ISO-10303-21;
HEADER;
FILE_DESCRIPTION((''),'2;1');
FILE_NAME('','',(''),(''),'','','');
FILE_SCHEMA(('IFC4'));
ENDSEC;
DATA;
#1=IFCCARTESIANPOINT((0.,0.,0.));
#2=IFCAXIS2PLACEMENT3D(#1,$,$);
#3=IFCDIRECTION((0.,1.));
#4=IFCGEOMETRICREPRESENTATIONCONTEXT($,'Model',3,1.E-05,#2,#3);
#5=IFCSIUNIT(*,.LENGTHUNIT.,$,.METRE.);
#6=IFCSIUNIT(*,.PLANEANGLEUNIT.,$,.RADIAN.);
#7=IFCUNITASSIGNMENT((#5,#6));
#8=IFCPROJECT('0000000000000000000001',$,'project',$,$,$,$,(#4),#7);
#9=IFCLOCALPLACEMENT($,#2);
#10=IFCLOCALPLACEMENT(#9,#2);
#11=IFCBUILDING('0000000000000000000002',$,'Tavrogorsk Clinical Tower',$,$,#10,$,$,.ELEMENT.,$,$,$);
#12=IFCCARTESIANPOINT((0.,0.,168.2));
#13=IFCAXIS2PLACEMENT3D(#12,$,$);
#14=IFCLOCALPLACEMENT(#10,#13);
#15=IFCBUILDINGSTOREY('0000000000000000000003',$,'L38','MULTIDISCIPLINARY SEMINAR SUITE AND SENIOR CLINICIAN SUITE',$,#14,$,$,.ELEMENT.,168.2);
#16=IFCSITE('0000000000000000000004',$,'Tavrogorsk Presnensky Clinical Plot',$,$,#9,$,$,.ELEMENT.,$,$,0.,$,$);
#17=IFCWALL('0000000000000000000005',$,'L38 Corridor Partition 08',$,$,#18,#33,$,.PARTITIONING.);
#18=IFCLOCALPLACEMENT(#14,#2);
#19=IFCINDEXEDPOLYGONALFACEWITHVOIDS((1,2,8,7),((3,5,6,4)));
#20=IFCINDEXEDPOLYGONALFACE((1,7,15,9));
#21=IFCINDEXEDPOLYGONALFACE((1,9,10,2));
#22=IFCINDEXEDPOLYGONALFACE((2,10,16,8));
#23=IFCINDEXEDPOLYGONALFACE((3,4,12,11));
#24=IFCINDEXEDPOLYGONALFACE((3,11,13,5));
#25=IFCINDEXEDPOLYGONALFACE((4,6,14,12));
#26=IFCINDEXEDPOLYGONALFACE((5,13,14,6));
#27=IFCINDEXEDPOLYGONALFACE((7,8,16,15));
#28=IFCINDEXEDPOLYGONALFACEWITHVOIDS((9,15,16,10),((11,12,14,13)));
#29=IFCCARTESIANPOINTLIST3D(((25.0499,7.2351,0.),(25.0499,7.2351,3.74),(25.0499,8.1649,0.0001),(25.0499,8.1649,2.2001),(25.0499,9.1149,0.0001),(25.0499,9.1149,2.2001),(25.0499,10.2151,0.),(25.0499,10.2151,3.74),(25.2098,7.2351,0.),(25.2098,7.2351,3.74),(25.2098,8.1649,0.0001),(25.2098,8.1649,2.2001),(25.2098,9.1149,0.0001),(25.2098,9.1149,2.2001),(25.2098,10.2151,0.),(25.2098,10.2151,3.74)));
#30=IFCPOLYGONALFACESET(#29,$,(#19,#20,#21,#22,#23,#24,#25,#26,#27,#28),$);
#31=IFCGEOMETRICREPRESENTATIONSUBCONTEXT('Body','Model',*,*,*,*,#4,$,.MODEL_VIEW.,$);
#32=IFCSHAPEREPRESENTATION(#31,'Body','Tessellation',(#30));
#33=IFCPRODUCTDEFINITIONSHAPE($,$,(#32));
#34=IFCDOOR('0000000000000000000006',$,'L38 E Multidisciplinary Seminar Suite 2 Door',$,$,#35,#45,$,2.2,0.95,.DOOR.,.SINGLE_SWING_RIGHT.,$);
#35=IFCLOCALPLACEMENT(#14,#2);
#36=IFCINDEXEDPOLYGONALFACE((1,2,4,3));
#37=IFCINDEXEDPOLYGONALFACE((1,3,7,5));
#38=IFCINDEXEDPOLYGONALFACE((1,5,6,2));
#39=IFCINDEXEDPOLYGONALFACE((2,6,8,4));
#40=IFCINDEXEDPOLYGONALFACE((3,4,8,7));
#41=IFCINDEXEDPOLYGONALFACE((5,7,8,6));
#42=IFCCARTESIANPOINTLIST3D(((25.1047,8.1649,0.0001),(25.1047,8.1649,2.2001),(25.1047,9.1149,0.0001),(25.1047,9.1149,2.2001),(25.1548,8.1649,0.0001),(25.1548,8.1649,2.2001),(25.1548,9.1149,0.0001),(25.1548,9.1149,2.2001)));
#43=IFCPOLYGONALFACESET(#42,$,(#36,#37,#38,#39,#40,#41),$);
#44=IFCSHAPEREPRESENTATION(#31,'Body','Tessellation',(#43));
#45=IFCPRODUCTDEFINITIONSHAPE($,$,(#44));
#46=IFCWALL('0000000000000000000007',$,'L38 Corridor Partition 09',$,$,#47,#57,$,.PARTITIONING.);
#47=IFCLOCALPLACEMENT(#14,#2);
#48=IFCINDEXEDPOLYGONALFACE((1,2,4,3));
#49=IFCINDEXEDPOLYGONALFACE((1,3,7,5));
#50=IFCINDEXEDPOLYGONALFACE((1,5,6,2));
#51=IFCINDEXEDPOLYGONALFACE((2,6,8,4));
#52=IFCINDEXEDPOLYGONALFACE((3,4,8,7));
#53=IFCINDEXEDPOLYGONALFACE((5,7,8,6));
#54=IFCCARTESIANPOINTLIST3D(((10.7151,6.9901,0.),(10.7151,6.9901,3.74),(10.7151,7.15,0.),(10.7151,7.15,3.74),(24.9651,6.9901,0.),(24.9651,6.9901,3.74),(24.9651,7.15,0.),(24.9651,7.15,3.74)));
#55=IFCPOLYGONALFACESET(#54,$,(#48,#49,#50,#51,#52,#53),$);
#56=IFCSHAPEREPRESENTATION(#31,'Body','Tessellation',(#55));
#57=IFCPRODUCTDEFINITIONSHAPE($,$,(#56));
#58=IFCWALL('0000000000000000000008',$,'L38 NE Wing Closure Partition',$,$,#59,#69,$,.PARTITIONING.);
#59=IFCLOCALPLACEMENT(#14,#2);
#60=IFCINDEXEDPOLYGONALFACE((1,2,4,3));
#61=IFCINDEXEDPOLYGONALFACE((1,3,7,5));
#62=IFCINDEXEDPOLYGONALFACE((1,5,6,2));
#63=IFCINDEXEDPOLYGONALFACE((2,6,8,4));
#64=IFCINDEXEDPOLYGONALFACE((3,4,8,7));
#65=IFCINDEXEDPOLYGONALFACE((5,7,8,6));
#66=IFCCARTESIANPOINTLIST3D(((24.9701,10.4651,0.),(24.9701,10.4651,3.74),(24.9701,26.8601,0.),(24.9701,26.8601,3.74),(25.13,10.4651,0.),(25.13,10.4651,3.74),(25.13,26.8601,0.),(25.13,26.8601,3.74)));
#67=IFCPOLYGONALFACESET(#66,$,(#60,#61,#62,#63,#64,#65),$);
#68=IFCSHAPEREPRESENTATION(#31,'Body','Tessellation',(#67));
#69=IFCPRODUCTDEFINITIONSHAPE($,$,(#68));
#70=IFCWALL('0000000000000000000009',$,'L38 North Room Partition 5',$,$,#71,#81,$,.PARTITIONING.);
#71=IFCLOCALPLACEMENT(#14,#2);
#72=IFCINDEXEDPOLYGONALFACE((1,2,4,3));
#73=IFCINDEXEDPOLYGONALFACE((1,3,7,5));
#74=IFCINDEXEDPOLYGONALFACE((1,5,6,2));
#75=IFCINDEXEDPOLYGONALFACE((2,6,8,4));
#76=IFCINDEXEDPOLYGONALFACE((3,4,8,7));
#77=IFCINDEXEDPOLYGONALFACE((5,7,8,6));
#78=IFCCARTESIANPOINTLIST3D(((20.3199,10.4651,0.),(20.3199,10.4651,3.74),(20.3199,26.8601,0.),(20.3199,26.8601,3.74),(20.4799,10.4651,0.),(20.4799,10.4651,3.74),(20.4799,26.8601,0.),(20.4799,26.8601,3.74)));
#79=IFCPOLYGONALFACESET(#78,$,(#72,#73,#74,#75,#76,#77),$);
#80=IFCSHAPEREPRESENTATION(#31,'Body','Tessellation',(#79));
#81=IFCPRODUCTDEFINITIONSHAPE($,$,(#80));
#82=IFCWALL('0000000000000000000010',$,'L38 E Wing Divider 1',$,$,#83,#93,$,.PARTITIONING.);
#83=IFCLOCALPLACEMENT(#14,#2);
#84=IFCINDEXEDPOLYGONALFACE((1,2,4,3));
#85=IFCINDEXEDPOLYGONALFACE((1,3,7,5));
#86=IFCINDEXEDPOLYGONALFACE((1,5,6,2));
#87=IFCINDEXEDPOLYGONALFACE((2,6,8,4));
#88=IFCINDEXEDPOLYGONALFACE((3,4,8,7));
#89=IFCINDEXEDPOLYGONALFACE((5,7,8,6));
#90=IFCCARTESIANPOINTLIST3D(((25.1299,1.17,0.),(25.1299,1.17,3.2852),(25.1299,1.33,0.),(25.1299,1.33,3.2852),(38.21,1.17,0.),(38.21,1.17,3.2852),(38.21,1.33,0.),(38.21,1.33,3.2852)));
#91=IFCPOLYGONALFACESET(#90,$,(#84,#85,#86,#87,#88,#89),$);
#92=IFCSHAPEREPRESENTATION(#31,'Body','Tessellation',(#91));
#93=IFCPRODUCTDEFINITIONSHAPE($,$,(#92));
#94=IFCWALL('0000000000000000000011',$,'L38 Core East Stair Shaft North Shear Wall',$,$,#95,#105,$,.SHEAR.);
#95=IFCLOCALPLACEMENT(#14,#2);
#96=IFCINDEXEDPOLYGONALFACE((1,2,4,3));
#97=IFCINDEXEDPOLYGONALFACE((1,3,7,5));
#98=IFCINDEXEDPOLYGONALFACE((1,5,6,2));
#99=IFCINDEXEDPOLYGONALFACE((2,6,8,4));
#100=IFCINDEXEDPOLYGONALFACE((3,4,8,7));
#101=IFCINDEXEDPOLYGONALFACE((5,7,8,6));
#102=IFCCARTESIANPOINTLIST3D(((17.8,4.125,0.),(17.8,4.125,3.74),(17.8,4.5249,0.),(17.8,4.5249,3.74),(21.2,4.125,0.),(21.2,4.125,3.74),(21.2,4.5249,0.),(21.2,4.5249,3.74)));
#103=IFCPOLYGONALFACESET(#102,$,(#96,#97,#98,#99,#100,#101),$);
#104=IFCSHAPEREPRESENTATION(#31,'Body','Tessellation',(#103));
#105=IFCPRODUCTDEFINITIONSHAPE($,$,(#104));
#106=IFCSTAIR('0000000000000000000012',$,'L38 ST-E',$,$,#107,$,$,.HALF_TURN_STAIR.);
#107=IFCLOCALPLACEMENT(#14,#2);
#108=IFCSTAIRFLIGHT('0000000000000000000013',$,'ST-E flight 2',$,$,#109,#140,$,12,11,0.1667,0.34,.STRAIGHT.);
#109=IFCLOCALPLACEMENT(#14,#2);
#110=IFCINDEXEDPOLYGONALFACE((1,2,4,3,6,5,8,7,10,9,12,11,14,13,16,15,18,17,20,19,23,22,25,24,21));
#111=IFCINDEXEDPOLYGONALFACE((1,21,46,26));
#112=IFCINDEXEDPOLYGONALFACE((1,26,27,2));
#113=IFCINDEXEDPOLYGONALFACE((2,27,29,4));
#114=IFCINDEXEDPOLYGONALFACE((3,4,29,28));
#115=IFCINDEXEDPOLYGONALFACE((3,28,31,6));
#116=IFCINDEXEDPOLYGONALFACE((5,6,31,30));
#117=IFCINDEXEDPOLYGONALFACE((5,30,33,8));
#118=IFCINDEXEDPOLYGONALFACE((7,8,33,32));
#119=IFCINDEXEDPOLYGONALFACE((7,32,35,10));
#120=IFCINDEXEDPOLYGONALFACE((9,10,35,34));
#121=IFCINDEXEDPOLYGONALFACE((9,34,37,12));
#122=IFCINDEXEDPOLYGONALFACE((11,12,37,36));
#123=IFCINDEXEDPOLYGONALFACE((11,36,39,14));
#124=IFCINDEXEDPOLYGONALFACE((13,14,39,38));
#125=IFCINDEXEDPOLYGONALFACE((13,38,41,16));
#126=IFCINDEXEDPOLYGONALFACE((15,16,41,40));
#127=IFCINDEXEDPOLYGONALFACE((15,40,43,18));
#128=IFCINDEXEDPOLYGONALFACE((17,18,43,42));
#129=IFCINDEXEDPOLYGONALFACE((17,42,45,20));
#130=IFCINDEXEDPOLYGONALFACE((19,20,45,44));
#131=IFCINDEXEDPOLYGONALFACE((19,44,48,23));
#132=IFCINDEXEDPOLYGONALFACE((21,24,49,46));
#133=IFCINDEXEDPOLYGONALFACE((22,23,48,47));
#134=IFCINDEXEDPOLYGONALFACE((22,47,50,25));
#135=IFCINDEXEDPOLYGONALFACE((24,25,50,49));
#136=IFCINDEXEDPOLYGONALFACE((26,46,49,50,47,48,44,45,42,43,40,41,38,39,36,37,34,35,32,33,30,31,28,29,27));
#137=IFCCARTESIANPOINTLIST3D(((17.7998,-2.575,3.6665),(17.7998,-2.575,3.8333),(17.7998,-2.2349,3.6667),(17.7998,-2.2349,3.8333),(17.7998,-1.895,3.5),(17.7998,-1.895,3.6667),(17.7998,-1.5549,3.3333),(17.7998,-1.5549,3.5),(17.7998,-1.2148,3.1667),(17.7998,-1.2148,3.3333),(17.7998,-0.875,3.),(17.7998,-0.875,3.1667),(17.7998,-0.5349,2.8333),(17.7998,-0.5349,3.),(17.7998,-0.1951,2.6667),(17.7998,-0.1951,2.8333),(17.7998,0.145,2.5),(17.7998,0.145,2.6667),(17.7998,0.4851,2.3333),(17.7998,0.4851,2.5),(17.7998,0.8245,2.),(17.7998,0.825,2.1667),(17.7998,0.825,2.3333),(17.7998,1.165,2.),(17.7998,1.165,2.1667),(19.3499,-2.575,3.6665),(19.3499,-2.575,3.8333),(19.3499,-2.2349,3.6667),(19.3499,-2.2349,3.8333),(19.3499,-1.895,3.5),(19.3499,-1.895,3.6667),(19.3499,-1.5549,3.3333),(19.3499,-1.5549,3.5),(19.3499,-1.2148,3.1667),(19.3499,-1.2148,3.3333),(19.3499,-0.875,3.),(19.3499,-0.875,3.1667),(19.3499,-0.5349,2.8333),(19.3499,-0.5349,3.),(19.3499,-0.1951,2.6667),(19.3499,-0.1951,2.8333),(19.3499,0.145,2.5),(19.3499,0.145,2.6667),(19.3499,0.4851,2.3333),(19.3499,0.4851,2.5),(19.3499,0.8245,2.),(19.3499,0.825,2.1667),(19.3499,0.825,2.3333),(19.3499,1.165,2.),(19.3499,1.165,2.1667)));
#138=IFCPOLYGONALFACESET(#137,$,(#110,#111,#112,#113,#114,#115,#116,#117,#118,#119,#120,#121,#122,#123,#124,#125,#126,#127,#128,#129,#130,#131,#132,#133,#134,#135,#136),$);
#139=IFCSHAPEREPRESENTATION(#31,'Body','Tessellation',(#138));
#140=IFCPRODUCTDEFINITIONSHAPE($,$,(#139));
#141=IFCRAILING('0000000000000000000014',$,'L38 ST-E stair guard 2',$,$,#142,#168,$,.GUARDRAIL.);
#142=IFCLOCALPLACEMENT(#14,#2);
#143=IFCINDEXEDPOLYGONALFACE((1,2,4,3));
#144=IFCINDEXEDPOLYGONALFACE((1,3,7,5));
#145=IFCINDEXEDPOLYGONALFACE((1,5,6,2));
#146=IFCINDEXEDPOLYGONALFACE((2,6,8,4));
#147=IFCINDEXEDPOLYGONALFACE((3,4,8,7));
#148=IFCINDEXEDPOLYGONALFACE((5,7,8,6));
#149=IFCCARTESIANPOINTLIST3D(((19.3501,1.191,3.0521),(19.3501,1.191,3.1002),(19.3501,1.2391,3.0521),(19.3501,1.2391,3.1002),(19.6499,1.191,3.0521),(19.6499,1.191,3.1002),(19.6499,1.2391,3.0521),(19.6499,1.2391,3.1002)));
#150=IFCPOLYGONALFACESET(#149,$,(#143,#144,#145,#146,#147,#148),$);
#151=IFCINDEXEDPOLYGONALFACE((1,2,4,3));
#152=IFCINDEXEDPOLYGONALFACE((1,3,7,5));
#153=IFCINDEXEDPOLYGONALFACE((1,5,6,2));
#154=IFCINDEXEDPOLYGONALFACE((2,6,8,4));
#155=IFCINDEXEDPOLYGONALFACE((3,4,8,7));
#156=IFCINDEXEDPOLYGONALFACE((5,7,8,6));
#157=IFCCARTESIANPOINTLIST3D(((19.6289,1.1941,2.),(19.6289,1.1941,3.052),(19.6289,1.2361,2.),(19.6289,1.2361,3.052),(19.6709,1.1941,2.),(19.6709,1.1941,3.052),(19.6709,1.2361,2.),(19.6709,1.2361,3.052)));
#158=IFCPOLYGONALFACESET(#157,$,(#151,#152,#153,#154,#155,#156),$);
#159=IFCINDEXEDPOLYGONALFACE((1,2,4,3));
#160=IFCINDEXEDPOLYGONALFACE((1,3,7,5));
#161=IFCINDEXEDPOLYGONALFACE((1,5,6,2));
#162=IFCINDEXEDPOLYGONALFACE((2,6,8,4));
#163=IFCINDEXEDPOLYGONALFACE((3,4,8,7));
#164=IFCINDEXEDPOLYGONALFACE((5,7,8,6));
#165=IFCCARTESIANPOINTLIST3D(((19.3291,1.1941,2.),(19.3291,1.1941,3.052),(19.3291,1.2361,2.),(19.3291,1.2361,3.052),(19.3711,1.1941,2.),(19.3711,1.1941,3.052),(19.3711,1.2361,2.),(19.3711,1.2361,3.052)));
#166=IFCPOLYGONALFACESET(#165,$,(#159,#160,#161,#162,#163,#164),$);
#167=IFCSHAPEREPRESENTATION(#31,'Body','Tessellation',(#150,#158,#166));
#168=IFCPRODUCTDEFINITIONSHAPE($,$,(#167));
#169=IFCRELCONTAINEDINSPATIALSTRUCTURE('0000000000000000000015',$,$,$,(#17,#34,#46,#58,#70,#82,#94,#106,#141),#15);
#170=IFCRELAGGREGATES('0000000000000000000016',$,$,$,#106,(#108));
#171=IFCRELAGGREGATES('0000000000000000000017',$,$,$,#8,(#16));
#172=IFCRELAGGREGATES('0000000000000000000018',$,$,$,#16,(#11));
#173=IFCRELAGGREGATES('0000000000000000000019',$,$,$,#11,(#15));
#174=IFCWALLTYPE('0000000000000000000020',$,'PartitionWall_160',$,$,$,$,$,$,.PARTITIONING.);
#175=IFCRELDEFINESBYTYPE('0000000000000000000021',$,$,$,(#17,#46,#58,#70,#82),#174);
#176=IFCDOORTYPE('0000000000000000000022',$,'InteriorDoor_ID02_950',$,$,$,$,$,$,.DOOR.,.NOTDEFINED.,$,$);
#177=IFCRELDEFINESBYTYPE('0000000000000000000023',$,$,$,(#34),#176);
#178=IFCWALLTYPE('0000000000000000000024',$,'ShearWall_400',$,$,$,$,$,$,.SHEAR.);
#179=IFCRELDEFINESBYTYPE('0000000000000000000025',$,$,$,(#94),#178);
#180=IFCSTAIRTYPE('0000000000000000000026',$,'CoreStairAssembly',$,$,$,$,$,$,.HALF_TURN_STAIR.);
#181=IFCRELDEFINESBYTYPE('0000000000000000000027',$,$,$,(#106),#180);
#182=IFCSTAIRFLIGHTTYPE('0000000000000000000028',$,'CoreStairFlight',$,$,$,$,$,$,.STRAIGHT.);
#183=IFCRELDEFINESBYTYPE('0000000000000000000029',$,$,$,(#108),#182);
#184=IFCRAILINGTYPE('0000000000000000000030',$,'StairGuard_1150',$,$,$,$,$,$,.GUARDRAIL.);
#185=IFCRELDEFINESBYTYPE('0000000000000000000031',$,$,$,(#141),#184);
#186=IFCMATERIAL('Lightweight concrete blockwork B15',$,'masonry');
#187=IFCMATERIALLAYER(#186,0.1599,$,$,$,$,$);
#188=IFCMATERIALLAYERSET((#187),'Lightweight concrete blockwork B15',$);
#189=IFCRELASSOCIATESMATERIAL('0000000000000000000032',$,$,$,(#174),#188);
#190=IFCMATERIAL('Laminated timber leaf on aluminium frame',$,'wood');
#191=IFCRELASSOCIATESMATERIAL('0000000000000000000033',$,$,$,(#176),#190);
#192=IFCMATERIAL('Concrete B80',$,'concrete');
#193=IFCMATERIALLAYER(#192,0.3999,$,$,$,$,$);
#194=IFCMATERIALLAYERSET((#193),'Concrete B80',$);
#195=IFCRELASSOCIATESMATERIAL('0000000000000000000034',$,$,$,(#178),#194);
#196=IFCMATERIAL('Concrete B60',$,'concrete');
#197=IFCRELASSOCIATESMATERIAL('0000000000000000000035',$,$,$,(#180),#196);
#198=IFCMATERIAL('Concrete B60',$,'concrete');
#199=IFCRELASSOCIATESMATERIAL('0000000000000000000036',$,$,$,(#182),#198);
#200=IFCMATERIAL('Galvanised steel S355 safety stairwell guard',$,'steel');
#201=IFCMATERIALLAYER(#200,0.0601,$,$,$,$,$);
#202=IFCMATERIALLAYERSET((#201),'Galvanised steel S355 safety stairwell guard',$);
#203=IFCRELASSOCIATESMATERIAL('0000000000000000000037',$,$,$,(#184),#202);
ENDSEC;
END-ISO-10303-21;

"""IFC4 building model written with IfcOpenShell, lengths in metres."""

from ifc_helpers import new_model, si_unit, direction, frame, frame_2d, origin, origin_2d, place, context, subcontext, project, spatial, polyline, rectangle, outline, extrude, material, layer, layer_set, type_object, element, fill, aggregate, save


model = new_model("IFC4")

# Units and contexts
model_context = context("Model", 3, precision=1e-05, world=origin(), true_north=direction((0.0, 1.0)))
body_context = subcontext(model_context, "Body", "Model", "MODEL_VIEW")
ifc_project = project(units=[si_unit("LENGTHUNIT", "METRE"), si_unit("PLANEANGLEUNIT", "RADIAN")], contexts=[model_context])

# Site, building, storey
site_placement = place(None, origin())
site = spatial("IfcSite", under=ifc_project, at=site_placement, Name="Tavrogorsk Presnensky Clinical Plot", CompositionType="ELEMENT", RefElevation=0.0)
building_placement = place(site_placement, origin())
building = spatial("IfcBuilding", under=site, at=building_placement, Name="Tavrogorsk Clinical Tower", CompositionType="ELEMENT")
storey_placement = place(building_placement, frame((0.0, 0.0, 168.2)))
storey = spatial("IfcBuildingStorey", under=building, at=storey_placement, Name="L38", Description="MULTIDISCIPLINARY SEMINAR SUITE AND SENIOR CLINICIAN SUITE", CompositionType="ELEMENT", Elevation=168.2)

# Wall, opening, door
ifc_material_1 = material(Name="Lightweight concrete blockwork B15", Category="masonry")
ifc_layer_1 = layer(ifc_material_1, 0.1599)
ifc_layer_set_1 = layer_set([ifc_layer_1], Name="Lightweight concrete blockwork B15")
wall_type_1 = type_object("IfcWallType", Name="PartitionWall_160", PredefinedType="PARTITIONING", material=ifc_layer_set_1)
wall_1_placement = place(storey_placement, frame((25.1299, 10.2151, 0.0), z_axis=(0.0, 0.0, 1.0), x_axis=(0.0, -1.0, 0.0)))
wall_1 = element("IfcWall", 1, at=wall_1_placement, inside=storey, type_object=wall_type_1, Name="L38 Corridor Partition 08", PredefinedType="PARTITIONING", context=body_context, shape_type="SweptSolid", body=[
    extrude(rectangle(XDim=2.98, YDim=0.1599, at=frame_2d((1.49, 0.0))), origin(), (0.0, 0.0, 1.0), 3.74),
])
opening_placement = place(wall_1_placement, frame((1.1001, 0.0, 0.0)))
opening = element("IfcOpeningElement", 2, at=opening_placement, cuts=wall_1, PredefinedType="OPENING", context=body_context, shape_type="SweptSolid", body=[
    extrude(rectangle(XDim=0.95, YDim=2.2, at=frame_2d((0.4751, 1.1001))), frame((0.0, 0.0898, 0.0), z_axis=(0.0, -1.0, 0.0), x_axis=(1.0, 0.0, 0.0)), (0.0, 0.0, 1.0), 0.1799),
])
ifc_material_2 = material(Name="Laminated timber leaf on aluminium frame", Category="wood")
door_type = type_object("IfcDoorType", Name="InteriorDoor_ID02_950", OperationType="NOTDEFINED", PredefinedType="DOOR", material=ifc_material_2)
door_placement = place(opening_placement, origin())
door = element("IfcDoor", 3, at=door_placement, inside=storey, type_object=door_type, Name="L38 E Multidisciplinary Seminar Suite 2 Door", OperationType="SINGLE_SWING_RIGHT", OverallHeight=2.2, OverallWidth=0.95, PredefinedType="DOOR", context=body_context, shape_type="SweptSolid", body=[
    extrude(rectangle(XDim=0.95, YDim=2.2, at=frame_2d((0.4751, 1.1001))), frame((0.0, 0.0249, 0.0), z_axis=(0.0, -1.0, 0.0), x_axis=(1.0, 0.0, 0.0)), (0.0, 0.0, 1.0), 0.05),
])
fill(opening, door)

# Walls
wall_2_placement = place(storey_placement, frame((24.9651, 7.0701, 0.0), z_axis=(0.0, 0.0, 1.0), x_axis=(-1.0, 0.0, 0.0)))
element("IfcWall", 4, at=wall_2_placement, inside=storey, type_object=wall_type_1, Name="L38 Corridor Partition 09", PredefinedType="PARTITIONING", context=body_context, shape_type="SweptSolid", body=[
    extrude(rectangle(XDim=14.25, YDim=0.1599, at=frame_2d((7.125, 0.0))), origin(), (0.0, 0.0, 1.0), 3.74),
])
for number, where, z_axis, x_axis, name in (
    (5, (25.05, 10.4651, 0.0), (0.0, 0.0, 1.0), (0.0, 1.0, 0.0), "L38 NE Wing Closure Partition"),
    (6, (20.3999, 10.4651, 0.0), (0.0, 0.0, 1.0), (0.0, 1.0, 0.0), "L38 North Room Partition 5"),
):
    element("IfcWall", number, at=place(storey_placement, frame(where, z_axis=z_axis, x_axis=x_axis)), inside=storey, type_object=wall_type_1, Name=name, PredefinedType="PARTITIONING", context=body_context, shape_type="SweptSolid", body=[
        extrude(rectangle(XDim=16.395, YDim=0.1599, at=frame_2d((8.1975, 0.0))), origin(), (0.0, 0.0, 1.0), 3.74),
    ])
wall_3_placement = place(storey_placement, frame((25.1299, 1.25, 0.0), z_axis=(0.0, 0.0, 1.0), x_axis=(1.0, 0.0, 0.0)))
element("IfcWall", 7, at=wall_3_placement, inside=storey, type_object=wall_type_1, Name="L38 E Wing Divider 1", PredefinedType="PARTITIONING", context=body_context, shape_type="SweptSolid", body=[
    extrude(rectangle(XDim=13.0801, YDim=0.1599, at=frame_2d((6.54, 0.0))), origin(), (0.0, 0.0, 1.0), 3.2852),
])
ifc_material_3 = material(Name="Concrete B80", Category="concrete")
ifc_layer_2 = layer(ifc_material_3, 0.3999)
ifc_layer_set_2 = layer_set([ifc_layer_2], Name="Concrete B80")
wall_type_2 = type_object("IfcWallType", Name="ShearWall_400", PredefinedType="SHEAR", material=ifc_layer_set_2)
wall_4_placement = place(storey_placement, frame((17.8, 4.325, 0.0), z_axis=(0.0, 0.0, 1.0), x_axis=(1.0, 0.0, 0.0)))
element("IfcWall", 8, at=wall_4_placement, inside=storey, type_object=wall_type_2, Name="L38 Core East Stair Shaft North Shear Wall", PredefinedType="SHEAR", context=body_context, shape_type="SweptSolid", body=[
    extrude(rectangle(XDim=3.3999, YDim=0.3999, at=frame_2d((1.7, 0.0))), origin(), (0.0, 0.0, 1.0), 3.74),
])

# Stair, stair flight
ifc_material_4 = material(Name="Concrete B60", Category="concrete")
stair_type = type_object("IfcStairType", Name="CoreStairAssembly", PredefinedType="HALF_TURN_STAIR", material=ifc_material_4)
stair_placement = place(storey_placement, origin())
stair = element("IfcStair", 9, at=stair_placement, inside=storey, type_object=stair_type, Name="L38 ST-E", PredefinedType="HALF_TURN_STAIR")
ifc_material_5 = material(Name="Concrete B60", Category="concrete")
stair_flight_type = type_object("IfcStairFlightType", Name="CoreStairFlight", PredefinedType="STRAIGHT", material=ifc_material_5)
stair_flight_placement = place(storey_placement, frame((18.575, 1.165, 2.0), z_axis=(0.0, 0.0, 1.0), x_axis=(0.0, -1.0, 0.0)))
stair_flight = element("IfcStairFlight", 10, at=stair_flight_placement, type_object=stair_flight_type, Name="ST-E flight 2", NumberOfRisers=12, NumberOfTreads=11, PredefinedType="STRAIGHT", RiserHeight=0.1667, TreadLength=0.34, context=body_context, shape_type="SweptSolid", body=[
    extrude(outline(polyline([(0.0, 0.0), (0.0, 0.1667), (0.3401, 0.1667), (0.3401, 0.3333), (0.6799, 0.3333), (0.6799, 0.5), (1.02, 0.5), (1.02, 0.6667), (1.3601, 0.6667), (1.3601, 0.8333), (1.7, 0.8333), (1.7, 1.0), (2.04, 1.0), (2.04, 1.1667), (2.3799, 1.1667), (2.3799, 1.3333), (2.72, 1.3333), (2.72, 1.5), (3.0601, 1.5), (3.0601, 1.6667), (3.3999, 1.6667), (3.3999, 1.8333), (3.74, 1.8333), (3.74, 2.0), (3.74, 1.6665), (0.3406, 0.0), (0.0, 0.0)])), frame((0.0, 0.7749, 0.0), z_axis=(0.0, -1.0, 0.0), x_axis=(1.0, 0.0, 0.0)), (0.0, 0.0, 1.0), 1.55),
])
aggregate(stair, [stair_flight])

# Railing
ifc_material_6 = material(Name="Galvanised steel S355 safety stairwell guard", Category="steel")
ifc_layer_3 = layer(ifc_material_6, 0.0601)
ifc_layer_set_3 = layer_set([ifc_layer_3], Name="Galvanised steel S355 safety stairwell guard")
railing_type_1 = type_object("IfcRailingType", Name="StairGuard_1150", PredefinedType="GUARDRAIL", material=ifc_layer_set_3)
railing_1_placement = place(storey_placement, frame((19.6499, 1.2151, 2.0)))
element("IfcRailing", 11, at=railing_1_placement, inside=storey, type_object=railing_type_1, Name="L38 ST-E stair guard 2", PredefinedType="GUARDRAIL", context=body_context, shape_type="SweptSolid", body=[
    extrude(rectangle(XDim=0.0481, YDim=0.0481, at=origin_2d()), frame((0.0, 0.0, 1.0762), z_axis=(-1.0, 0.0, 0.0), x_axis=(0.0, -1.0, 0.0)), (0.0, 0.0, 1.0), 0.2998),
    extrude(rectangle(XDim=0.042, YDim=0.042, at=origin_2d()), origin(), (0.0, 0.0, 1.0), 1.052),
    extrude(rectangle(XDim=0.042, YDim=0.042, at=origin_2d()), frame((-0.2998, 0.0, 0.0)), (0.0, 0.0, 1.0), 1.052),
])

save(model, "model.ifc")
